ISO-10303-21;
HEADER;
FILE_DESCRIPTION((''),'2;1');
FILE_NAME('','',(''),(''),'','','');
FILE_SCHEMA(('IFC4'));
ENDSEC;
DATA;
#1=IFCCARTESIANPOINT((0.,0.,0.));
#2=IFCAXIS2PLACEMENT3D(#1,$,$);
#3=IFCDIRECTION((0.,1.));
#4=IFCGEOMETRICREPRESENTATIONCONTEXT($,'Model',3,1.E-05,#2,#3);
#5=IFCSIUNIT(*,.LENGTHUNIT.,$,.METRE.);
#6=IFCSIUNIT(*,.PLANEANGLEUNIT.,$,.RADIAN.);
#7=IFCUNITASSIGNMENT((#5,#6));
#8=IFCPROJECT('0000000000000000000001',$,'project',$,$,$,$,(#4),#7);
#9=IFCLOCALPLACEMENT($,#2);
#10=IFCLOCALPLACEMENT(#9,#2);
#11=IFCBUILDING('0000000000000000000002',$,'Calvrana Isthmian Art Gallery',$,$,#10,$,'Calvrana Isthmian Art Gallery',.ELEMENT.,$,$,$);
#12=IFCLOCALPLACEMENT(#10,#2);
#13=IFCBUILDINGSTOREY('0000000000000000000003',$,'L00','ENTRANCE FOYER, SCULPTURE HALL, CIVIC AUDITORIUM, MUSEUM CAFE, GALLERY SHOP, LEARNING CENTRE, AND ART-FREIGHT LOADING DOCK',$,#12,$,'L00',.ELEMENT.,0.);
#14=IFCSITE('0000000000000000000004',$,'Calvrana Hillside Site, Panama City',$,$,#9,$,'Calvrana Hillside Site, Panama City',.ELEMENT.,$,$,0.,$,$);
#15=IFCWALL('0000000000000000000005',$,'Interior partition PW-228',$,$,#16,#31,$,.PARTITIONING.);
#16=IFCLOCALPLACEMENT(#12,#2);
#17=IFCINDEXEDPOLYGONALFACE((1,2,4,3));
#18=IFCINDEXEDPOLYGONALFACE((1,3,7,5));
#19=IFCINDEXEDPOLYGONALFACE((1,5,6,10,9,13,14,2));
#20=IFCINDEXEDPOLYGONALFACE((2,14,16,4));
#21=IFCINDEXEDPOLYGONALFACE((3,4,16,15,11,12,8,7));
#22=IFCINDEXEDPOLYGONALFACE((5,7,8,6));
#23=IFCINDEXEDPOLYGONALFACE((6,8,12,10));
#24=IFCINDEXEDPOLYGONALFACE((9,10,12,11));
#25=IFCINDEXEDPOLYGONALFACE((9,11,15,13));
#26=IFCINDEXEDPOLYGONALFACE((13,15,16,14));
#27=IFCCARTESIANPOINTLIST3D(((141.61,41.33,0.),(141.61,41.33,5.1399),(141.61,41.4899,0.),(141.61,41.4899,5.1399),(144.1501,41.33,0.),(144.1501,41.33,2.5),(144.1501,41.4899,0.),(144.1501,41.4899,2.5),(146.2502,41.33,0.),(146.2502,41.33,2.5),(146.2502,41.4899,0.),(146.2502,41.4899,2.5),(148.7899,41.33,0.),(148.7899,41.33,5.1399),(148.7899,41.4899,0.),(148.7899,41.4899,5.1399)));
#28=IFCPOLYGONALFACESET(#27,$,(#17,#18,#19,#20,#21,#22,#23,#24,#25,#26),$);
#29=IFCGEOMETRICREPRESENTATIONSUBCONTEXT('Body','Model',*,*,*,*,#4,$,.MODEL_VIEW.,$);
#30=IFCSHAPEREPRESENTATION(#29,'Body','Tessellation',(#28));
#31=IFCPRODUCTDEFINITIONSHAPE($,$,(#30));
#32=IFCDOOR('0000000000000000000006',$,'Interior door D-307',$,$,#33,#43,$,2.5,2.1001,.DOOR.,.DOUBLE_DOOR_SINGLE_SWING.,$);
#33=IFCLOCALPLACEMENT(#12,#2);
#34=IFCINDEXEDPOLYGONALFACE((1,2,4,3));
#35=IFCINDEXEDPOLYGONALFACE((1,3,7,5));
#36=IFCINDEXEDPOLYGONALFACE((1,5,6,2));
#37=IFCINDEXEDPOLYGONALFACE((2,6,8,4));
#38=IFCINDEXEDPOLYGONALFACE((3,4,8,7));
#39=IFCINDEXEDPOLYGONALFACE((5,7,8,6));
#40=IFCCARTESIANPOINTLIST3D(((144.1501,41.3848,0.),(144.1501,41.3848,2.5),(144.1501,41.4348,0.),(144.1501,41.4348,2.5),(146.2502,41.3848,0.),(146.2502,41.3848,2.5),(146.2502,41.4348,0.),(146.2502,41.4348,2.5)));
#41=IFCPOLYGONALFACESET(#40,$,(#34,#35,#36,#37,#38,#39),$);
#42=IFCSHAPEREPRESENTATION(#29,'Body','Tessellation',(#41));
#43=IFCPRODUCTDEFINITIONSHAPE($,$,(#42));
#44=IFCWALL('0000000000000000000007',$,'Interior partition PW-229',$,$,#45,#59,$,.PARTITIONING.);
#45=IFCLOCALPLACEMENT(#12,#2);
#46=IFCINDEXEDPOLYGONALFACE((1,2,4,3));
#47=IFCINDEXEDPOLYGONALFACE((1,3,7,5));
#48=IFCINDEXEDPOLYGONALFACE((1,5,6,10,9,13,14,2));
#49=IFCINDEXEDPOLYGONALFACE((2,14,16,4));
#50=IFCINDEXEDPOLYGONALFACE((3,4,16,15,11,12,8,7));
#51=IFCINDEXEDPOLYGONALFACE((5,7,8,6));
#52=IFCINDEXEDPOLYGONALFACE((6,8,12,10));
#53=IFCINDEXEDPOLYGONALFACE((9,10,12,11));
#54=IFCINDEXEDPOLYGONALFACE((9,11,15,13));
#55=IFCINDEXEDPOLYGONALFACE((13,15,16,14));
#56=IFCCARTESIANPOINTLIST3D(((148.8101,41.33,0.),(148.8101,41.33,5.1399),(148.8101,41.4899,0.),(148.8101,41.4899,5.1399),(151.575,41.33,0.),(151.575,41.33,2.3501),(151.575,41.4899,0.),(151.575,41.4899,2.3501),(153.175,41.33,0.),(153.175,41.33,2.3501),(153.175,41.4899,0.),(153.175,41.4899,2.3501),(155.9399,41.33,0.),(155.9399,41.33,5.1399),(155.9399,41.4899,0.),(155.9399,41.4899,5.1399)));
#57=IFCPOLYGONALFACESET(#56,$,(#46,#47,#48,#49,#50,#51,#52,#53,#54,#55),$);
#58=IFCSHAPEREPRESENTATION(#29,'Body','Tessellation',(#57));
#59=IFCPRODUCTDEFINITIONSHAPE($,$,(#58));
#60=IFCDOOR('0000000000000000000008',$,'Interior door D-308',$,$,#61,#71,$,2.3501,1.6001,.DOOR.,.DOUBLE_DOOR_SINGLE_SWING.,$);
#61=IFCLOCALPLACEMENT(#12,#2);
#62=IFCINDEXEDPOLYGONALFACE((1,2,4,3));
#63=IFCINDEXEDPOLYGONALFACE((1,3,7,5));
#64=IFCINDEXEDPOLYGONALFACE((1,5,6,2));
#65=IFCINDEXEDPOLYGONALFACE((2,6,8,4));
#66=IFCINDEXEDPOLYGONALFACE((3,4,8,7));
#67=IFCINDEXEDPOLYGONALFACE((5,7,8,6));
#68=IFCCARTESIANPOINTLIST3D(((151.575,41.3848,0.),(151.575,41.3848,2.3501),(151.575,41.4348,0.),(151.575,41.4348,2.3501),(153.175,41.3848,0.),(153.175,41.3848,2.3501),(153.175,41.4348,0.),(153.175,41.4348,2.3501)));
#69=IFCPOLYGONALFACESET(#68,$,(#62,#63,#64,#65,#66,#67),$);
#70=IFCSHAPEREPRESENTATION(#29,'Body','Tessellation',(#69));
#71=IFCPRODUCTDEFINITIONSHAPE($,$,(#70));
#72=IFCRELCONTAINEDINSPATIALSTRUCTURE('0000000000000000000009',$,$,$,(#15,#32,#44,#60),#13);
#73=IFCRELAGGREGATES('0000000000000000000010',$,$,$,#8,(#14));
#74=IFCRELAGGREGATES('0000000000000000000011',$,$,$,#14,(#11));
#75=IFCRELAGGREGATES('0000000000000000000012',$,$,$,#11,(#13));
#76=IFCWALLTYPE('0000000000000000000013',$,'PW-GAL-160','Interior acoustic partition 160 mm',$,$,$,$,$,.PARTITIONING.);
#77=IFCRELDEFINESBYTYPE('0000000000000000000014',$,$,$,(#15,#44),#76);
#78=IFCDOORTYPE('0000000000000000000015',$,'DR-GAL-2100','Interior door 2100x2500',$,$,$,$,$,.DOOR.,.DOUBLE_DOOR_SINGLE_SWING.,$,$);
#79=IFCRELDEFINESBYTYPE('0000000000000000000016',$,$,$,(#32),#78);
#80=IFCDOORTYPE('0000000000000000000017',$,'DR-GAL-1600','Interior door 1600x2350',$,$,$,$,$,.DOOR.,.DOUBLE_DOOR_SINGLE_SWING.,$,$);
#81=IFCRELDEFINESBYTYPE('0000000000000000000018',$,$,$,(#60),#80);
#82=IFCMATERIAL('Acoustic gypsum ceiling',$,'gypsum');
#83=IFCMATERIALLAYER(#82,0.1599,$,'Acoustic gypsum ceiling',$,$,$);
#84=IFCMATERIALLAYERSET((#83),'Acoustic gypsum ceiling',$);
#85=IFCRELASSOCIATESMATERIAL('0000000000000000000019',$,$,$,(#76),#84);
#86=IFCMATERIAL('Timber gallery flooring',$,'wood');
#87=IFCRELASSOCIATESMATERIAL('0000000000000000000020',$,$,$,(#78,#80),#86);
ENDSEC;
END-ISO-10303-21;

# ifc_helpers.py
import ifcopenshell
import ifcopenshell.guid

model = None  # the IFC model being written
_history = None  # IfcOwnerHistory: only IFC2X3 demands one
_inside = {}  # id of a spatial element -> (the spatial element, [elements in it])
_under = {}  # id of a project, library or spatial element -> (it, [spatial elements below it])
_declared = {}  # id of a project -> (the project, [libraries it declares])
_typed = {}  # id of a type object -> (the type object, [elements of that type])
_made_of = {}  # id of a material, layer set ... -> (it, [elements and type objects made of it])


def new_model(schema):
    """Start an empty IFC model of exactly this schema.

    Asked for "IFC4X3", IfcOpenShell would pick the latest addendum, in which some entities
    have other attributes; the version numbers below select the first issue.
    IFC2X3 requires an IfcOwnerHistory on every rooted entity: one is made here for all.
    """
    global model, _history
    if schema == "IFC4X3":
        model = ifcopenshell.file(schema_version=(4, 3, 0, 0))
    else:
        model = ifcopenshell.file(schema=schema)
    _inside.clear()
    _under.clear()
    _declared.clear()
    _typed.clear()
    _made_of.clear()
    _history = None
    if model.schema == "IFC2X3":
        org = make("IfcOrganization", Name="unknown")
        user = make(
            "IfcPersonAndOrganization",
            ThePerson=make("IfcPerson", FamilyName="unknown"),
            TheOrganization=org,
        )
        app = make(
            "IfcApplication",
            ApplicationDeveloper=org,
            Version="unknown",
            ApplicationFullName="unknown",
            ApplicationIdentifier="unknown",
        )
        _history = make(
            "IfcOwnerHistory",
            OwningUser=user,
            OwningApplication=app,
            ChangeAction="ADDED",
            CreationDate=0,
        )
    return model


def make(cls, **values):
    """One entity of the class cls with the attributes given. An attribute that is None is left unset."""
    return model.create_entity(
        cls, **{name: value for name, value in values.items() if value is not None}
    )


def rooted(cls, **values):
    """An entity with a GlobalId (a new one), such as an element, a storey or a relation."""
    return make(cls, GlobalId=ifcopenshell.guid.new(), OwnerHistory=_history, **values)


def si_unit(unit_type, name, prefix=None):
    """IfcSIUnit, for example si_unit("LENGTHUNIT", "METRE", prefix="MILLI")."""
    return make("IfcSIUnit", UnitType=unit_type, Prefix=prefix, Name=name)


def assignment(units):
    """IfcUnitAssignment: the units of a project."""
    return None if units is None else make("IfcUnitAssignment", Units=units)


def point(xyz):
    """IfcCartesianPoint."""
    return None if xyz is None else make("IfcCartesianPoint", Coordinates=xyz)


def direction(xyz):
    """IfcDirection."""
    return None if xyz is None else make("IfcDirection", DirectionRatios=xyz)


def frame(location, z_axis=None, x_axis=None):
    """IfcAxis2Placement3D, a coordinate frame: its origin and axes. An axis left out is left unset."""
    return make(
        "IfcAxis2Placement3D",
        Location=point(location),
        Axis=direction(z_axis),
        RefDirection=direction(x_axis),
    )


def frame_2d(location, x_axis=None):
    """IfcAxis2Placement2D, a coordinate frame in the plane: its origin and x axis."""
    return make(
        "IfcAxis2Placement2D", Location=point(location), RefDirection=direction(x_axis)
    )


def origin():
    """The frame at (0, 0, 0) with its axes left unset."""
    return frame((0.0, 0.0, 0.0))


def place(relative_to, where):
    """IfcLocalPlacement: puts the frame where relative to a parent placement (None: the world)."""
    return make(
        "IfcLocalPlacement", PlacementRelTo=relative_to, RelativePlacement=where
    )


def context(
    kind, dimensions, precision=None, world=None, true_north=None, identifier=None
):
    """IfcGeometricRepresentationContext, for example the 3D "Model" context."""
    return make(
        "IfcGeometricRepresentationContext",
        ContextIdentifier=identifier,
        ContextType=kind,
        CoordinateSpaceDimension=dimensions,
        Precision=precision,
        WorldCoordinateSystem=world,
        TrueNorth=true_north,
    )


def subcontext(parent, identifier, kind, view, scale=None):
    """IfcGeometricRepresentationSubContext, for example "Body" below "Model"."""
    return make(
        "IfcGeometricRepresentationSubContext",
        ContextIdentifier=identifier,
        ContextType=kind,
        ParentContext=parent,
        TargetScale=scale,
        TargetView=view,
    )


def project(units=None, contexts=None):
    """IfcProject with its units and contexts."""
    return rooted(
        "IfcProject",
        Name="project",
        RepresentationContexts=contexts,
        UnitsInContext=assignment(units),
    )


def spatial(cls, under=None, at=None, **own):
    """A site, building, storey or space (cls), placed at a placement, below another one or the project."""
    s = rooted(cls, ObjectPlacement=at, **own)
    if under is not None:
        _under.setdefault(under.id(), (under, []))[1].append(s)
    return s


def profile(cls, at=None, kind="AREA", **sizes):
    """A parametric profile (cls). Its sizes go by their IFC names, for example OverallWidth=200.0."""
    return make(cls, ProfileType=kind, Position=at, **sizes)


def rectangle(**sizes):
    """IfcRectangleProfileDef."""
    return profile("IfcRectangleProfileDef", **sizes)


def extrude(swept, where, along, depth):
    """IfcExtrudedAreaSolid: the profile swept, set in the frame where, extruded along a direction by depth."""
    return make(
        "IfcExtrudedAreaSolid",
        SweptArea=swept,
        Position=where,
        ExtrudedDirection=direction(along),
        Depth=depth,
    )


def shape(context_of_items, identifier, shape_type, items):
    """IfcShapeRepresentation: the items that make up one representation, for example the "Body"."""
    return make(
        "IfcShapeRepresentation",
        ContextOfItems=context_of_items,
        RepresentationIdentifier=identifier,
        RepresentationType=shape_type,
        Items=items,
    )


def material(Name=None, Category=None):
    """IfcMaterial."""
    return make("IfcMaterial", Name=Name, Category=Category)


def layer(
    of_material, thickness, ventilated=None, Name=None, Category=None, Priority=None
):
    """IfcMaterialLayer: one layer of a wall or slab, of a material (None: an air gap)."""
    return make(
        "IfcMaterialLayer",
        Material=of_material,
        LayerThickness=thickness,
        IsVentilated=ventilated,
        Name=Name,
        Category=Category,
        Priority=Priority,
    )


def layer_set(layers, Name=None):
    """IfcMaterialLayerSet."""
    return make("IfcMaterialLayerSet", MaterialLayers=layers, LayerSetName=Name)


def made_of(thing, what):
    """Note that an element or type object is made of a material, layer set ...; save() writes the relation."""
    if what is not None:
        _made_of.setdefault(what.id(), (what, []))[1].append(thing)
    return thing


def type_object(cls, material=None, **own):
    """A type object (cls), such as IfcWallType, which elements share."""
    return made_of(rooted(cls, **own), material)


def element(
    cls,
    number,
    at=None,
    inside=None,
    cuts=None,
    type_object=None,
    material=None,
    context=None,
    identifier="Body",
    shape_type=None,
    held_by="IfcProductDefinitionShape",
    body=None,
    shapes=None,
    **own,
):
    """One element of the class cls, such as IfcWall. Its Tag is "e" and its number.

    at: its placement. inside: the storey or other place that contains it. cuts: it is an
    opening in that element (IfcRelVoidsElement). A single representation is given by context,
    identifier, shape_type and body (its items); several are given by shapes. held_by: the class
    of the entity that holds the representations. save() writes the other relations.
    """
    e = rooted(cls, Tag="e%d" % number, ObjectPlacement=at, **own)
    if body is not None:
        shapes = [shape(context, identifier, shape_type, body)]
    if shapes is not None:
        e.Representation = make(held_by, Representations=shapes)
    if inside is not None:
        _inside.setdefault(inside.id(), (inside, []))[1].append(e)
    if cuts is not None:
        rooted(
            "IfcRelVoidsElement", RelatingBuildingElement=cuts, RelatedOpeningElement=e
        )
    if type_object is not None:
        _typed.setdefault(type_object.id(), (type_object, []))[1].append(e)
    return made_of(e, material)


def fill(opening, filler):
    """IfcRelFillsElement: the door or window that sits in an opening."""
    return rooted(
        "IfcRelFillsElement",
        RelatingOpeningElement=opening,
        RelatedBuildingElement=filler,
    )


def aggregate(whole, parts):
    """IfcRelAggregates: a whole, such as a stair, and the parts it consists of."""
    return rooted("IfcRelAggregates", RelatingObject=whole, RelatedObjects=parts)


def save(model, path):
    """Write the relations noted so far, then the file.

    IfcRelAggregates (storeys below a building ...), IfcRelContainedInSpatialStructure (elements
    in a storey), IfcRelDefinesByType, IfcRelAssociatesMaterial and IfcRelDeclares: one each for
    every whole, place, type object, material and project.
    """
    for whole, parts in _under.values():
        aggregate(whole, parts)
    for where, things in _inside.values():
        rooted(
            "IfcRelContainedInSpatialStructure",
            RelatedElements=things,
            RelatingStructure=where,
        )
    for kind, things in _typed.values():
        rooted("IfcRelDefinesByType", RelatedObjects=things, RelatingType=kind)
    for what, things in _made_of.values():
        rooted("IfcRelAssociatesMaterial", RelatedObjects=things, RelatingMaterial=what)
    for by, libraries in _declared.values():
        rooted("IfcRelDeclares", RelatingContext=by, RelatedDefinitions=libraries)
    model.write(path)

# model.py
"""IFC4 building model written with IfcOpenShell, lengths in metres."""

from ifc_helpers import new_model, si_unit, direction, frame, frame_2d, origin, place, context, subcontext, project, spatial, rectangle, extrude, material, layer, layer_set, type_object, element, fill, save


model = new_model("IFC4")

# Units and contexts
model_context = context("Model", 3, precision=1e-05, world=origin(), true_north=direction((0.0, 1.0)))
body_context = subcontext(model_context, "Body", "Model", "MODEL_VIEW")
ifc_project = project(units=[si_unit("LENGTHUNIT", "METRE"), si_unit("PLANEANGLEUNIT", "RADIAN")], contexts=[model_context])

# Site, building, storey
site_placement = place(None, origin())
site = spatial("IfcSite", under=ifc_project, at=site_placement, Name="Calvrana Hillside Site, Panama City", LongName="Calvrana Hillside Site, Panama City", CompositionType="ELEMENT", RefElevation=0.0)
building_placement = place(site_placement, origin())
building = spatial("IfcBuilding", under=site, at=building_placement, Name="Calvrana Isthmian Art Gallery", LongName="Calvrana Isthmian Art Gallery", CompositionType="ELEMENT")
storey_placement = place(building_placement, origin())
storey = spatial("IfcBuildingStorey", under=building, at=storey_placement, Name="L00", Description="ENTRANCE FOYER, SCULPTURE HALL, CIVIC AUDITORIUM, MUSEUM CAFE, GALLERY SHOP, LEARNING CENTRE, AND ART-FREIGHT LOADING DOCK", LongName="L00", CompositionType="ELEMENT", Elevation=0.0)

# Shared definitions
ifc_material_1 = material(Name="Acoustic gypsum ceiling", Category="gypsum")
ifc_layer_1 = layer(ifc_material_1, 0.1599, Name="Acoustic gypsum ceiling")
ifc_layer_set_1 = layer_set([ifc_layer_1], Name="Acoustic gypsum ceiling")
wall_type = type_object("IfcWallType", Name="PW-GAL-160", Description="Interior acoustic partition 160 mm", PredefinedType="PARTITIONING", material=ifc_layer_set_1)
ifc_material_2 = material(Name="Timber gallery flooring", Category="wood")
door_type_1 = type_object("IfcDoorType", Name="DR-GAL-2100", Description="Interior door 2100x2500", OperationType="DOUBLE_DOOR_SINGLE_SWING", PredefinedType="DOOR", material=ifc_material_2)

# Walls, openings, doors
wall_1_placement = place(storey_placement, frame((141.6101, 41.4099, 0.0), z_axis=(0.0, 0.0, 1.0), x_axis=(1.0, 0.0, 0.0)))
wall_1 = element("IfcWall", 1, at=wall_1_placement, inside=storey, type_object=wall_type, Name="Interior partition PW-228", PredefinedType="PARTITIONING", context=body_context, shape_type="SweptSolid", body=[
    extrude(rectangle(XDim=7.1799, YDim=0.1599, at=frame_2d((3.5898, 0.0))), origin(), (0.0, 0.0, 1.0), 5.1399),
])
opening_1_placement = place(wall_1_placement, frame((2.54, 0.0, 0.0)))
opening_1 = element("IfcOpeningElement", 2, at=opening_1_placement, cuts=wall_1, PredefinedType="OPENING", context=body_context, shape_type="SweptSolid", body=[
    extrude(rectangle(XDim=2.1001, YDim=2.5, at=frame_2d((1.05, 1.25))), frame((0.0, 0.0903, 0.0), z_axis=(0.0, -1.0, 0.0), x_axis=(1.0, 0.0, 0.0)), (0.0, 0.0, 1.0), 0.1804),
])
door_1_placement = place(opening_1_placement, origin())
door_1 = element("IfcDoor", 3, at=door_1_placement, inside=storey, type_object=door_type_1, Name="Interior door D-307", OperationType="DOUBLE_DOOR_SINGLE_SWING", OverallHeight=2.5, OverallWidth=2.1001, PredefinedType="DOOR", context=body_context, shape_type="SweptSolid", body=[
    extrude(rectangle(XDim=2.1001, YDim=2.5, at=frame_2d((1.05, 1.25))), frame((0.0, 0.0249, 0.0), z_axis=(0.0, -1.0, 0.0), x_axis=(1.0, 0.0, 0.0)), (0.0, 0.0, 1.0), 0.05),
])
fill(opening_1, door_1)
wall_2_placement = place(storey_placement, frame((148.8101, 41.4099, 0.0), z_axis=(0.0, 0.0, 1.0), x_axis=(1.0, 0.0, 0.0)))
wall_2 = element("IfcWall", 4, at=wall_2_placement, inside=storey, type_object=wall_type, Name="Interior partition PW-229", PredefinedType="PARTITIONING", context=body_context, shape_type="SweptSolid", body=[
    extrude(rectangle(XDim=7.1299, YDim=0.1599, at=frame_2d((3.5649, 0.0))), origin(), (0.0, 0.0, 1.0), 5.1399),
])
opening_2_placement = place(wall_2_placement, frame((2.7649, 0.0, 0.0)))
opening_2 = element("IfcOpeningElement", 5, at=opening_2_placement, cuts=wall_2, PredefinedType="OPENING", context=body_context, shape_type="SweptSolid", body=[
    extrude(rectangle(XDim=1.6001, YDim=2.3501, at=frame_2d((0.8, 1.175))), frame((0.0, 0.0903, 0.0), z_axis=(0.0, -1.0, 0.0), x_axis=(1.0, 0.0, 0.0)), (0.0, 0.0, 1.0), 0.1804),
])
door_type_2 = type_object("IfcDoorType", Name="DR-GAL-1600", Description="Interior door 1600x2350", OperationType="DOUBLE_DOOR_SINGLE_SWING", PredefinedType="DOOR", material=ifc_material_2)
door_2_placement = place(opening_2_placement, origin())
door_2 = element("IfcDoor", 6, at=door_2_placement, inside=storey, type_object=door_type_2, Name="Interior door D-308", OperationType="DOUBLE_DOOR_SINGLE_SWING", OverallHeight=2.3501, OverallWidth=1.6001, PredefinedType="DOOR", context=body_context, shape_type="SweptSolid", body=[
    extrude(rectangle(XDim=1.6001, YDim=2.3501, at=frame_2d((0.8, 1.175))), frame((0.0, 0.0249, 0.0), z_axis=(0.0, -1.0, 0.0), x_axis=(1.0, 0.0, 0.0)), (0.0, 0.0, 1.0), 0.05),
])
fill(opening_2, door_2)

save(model, "model.ifc")
